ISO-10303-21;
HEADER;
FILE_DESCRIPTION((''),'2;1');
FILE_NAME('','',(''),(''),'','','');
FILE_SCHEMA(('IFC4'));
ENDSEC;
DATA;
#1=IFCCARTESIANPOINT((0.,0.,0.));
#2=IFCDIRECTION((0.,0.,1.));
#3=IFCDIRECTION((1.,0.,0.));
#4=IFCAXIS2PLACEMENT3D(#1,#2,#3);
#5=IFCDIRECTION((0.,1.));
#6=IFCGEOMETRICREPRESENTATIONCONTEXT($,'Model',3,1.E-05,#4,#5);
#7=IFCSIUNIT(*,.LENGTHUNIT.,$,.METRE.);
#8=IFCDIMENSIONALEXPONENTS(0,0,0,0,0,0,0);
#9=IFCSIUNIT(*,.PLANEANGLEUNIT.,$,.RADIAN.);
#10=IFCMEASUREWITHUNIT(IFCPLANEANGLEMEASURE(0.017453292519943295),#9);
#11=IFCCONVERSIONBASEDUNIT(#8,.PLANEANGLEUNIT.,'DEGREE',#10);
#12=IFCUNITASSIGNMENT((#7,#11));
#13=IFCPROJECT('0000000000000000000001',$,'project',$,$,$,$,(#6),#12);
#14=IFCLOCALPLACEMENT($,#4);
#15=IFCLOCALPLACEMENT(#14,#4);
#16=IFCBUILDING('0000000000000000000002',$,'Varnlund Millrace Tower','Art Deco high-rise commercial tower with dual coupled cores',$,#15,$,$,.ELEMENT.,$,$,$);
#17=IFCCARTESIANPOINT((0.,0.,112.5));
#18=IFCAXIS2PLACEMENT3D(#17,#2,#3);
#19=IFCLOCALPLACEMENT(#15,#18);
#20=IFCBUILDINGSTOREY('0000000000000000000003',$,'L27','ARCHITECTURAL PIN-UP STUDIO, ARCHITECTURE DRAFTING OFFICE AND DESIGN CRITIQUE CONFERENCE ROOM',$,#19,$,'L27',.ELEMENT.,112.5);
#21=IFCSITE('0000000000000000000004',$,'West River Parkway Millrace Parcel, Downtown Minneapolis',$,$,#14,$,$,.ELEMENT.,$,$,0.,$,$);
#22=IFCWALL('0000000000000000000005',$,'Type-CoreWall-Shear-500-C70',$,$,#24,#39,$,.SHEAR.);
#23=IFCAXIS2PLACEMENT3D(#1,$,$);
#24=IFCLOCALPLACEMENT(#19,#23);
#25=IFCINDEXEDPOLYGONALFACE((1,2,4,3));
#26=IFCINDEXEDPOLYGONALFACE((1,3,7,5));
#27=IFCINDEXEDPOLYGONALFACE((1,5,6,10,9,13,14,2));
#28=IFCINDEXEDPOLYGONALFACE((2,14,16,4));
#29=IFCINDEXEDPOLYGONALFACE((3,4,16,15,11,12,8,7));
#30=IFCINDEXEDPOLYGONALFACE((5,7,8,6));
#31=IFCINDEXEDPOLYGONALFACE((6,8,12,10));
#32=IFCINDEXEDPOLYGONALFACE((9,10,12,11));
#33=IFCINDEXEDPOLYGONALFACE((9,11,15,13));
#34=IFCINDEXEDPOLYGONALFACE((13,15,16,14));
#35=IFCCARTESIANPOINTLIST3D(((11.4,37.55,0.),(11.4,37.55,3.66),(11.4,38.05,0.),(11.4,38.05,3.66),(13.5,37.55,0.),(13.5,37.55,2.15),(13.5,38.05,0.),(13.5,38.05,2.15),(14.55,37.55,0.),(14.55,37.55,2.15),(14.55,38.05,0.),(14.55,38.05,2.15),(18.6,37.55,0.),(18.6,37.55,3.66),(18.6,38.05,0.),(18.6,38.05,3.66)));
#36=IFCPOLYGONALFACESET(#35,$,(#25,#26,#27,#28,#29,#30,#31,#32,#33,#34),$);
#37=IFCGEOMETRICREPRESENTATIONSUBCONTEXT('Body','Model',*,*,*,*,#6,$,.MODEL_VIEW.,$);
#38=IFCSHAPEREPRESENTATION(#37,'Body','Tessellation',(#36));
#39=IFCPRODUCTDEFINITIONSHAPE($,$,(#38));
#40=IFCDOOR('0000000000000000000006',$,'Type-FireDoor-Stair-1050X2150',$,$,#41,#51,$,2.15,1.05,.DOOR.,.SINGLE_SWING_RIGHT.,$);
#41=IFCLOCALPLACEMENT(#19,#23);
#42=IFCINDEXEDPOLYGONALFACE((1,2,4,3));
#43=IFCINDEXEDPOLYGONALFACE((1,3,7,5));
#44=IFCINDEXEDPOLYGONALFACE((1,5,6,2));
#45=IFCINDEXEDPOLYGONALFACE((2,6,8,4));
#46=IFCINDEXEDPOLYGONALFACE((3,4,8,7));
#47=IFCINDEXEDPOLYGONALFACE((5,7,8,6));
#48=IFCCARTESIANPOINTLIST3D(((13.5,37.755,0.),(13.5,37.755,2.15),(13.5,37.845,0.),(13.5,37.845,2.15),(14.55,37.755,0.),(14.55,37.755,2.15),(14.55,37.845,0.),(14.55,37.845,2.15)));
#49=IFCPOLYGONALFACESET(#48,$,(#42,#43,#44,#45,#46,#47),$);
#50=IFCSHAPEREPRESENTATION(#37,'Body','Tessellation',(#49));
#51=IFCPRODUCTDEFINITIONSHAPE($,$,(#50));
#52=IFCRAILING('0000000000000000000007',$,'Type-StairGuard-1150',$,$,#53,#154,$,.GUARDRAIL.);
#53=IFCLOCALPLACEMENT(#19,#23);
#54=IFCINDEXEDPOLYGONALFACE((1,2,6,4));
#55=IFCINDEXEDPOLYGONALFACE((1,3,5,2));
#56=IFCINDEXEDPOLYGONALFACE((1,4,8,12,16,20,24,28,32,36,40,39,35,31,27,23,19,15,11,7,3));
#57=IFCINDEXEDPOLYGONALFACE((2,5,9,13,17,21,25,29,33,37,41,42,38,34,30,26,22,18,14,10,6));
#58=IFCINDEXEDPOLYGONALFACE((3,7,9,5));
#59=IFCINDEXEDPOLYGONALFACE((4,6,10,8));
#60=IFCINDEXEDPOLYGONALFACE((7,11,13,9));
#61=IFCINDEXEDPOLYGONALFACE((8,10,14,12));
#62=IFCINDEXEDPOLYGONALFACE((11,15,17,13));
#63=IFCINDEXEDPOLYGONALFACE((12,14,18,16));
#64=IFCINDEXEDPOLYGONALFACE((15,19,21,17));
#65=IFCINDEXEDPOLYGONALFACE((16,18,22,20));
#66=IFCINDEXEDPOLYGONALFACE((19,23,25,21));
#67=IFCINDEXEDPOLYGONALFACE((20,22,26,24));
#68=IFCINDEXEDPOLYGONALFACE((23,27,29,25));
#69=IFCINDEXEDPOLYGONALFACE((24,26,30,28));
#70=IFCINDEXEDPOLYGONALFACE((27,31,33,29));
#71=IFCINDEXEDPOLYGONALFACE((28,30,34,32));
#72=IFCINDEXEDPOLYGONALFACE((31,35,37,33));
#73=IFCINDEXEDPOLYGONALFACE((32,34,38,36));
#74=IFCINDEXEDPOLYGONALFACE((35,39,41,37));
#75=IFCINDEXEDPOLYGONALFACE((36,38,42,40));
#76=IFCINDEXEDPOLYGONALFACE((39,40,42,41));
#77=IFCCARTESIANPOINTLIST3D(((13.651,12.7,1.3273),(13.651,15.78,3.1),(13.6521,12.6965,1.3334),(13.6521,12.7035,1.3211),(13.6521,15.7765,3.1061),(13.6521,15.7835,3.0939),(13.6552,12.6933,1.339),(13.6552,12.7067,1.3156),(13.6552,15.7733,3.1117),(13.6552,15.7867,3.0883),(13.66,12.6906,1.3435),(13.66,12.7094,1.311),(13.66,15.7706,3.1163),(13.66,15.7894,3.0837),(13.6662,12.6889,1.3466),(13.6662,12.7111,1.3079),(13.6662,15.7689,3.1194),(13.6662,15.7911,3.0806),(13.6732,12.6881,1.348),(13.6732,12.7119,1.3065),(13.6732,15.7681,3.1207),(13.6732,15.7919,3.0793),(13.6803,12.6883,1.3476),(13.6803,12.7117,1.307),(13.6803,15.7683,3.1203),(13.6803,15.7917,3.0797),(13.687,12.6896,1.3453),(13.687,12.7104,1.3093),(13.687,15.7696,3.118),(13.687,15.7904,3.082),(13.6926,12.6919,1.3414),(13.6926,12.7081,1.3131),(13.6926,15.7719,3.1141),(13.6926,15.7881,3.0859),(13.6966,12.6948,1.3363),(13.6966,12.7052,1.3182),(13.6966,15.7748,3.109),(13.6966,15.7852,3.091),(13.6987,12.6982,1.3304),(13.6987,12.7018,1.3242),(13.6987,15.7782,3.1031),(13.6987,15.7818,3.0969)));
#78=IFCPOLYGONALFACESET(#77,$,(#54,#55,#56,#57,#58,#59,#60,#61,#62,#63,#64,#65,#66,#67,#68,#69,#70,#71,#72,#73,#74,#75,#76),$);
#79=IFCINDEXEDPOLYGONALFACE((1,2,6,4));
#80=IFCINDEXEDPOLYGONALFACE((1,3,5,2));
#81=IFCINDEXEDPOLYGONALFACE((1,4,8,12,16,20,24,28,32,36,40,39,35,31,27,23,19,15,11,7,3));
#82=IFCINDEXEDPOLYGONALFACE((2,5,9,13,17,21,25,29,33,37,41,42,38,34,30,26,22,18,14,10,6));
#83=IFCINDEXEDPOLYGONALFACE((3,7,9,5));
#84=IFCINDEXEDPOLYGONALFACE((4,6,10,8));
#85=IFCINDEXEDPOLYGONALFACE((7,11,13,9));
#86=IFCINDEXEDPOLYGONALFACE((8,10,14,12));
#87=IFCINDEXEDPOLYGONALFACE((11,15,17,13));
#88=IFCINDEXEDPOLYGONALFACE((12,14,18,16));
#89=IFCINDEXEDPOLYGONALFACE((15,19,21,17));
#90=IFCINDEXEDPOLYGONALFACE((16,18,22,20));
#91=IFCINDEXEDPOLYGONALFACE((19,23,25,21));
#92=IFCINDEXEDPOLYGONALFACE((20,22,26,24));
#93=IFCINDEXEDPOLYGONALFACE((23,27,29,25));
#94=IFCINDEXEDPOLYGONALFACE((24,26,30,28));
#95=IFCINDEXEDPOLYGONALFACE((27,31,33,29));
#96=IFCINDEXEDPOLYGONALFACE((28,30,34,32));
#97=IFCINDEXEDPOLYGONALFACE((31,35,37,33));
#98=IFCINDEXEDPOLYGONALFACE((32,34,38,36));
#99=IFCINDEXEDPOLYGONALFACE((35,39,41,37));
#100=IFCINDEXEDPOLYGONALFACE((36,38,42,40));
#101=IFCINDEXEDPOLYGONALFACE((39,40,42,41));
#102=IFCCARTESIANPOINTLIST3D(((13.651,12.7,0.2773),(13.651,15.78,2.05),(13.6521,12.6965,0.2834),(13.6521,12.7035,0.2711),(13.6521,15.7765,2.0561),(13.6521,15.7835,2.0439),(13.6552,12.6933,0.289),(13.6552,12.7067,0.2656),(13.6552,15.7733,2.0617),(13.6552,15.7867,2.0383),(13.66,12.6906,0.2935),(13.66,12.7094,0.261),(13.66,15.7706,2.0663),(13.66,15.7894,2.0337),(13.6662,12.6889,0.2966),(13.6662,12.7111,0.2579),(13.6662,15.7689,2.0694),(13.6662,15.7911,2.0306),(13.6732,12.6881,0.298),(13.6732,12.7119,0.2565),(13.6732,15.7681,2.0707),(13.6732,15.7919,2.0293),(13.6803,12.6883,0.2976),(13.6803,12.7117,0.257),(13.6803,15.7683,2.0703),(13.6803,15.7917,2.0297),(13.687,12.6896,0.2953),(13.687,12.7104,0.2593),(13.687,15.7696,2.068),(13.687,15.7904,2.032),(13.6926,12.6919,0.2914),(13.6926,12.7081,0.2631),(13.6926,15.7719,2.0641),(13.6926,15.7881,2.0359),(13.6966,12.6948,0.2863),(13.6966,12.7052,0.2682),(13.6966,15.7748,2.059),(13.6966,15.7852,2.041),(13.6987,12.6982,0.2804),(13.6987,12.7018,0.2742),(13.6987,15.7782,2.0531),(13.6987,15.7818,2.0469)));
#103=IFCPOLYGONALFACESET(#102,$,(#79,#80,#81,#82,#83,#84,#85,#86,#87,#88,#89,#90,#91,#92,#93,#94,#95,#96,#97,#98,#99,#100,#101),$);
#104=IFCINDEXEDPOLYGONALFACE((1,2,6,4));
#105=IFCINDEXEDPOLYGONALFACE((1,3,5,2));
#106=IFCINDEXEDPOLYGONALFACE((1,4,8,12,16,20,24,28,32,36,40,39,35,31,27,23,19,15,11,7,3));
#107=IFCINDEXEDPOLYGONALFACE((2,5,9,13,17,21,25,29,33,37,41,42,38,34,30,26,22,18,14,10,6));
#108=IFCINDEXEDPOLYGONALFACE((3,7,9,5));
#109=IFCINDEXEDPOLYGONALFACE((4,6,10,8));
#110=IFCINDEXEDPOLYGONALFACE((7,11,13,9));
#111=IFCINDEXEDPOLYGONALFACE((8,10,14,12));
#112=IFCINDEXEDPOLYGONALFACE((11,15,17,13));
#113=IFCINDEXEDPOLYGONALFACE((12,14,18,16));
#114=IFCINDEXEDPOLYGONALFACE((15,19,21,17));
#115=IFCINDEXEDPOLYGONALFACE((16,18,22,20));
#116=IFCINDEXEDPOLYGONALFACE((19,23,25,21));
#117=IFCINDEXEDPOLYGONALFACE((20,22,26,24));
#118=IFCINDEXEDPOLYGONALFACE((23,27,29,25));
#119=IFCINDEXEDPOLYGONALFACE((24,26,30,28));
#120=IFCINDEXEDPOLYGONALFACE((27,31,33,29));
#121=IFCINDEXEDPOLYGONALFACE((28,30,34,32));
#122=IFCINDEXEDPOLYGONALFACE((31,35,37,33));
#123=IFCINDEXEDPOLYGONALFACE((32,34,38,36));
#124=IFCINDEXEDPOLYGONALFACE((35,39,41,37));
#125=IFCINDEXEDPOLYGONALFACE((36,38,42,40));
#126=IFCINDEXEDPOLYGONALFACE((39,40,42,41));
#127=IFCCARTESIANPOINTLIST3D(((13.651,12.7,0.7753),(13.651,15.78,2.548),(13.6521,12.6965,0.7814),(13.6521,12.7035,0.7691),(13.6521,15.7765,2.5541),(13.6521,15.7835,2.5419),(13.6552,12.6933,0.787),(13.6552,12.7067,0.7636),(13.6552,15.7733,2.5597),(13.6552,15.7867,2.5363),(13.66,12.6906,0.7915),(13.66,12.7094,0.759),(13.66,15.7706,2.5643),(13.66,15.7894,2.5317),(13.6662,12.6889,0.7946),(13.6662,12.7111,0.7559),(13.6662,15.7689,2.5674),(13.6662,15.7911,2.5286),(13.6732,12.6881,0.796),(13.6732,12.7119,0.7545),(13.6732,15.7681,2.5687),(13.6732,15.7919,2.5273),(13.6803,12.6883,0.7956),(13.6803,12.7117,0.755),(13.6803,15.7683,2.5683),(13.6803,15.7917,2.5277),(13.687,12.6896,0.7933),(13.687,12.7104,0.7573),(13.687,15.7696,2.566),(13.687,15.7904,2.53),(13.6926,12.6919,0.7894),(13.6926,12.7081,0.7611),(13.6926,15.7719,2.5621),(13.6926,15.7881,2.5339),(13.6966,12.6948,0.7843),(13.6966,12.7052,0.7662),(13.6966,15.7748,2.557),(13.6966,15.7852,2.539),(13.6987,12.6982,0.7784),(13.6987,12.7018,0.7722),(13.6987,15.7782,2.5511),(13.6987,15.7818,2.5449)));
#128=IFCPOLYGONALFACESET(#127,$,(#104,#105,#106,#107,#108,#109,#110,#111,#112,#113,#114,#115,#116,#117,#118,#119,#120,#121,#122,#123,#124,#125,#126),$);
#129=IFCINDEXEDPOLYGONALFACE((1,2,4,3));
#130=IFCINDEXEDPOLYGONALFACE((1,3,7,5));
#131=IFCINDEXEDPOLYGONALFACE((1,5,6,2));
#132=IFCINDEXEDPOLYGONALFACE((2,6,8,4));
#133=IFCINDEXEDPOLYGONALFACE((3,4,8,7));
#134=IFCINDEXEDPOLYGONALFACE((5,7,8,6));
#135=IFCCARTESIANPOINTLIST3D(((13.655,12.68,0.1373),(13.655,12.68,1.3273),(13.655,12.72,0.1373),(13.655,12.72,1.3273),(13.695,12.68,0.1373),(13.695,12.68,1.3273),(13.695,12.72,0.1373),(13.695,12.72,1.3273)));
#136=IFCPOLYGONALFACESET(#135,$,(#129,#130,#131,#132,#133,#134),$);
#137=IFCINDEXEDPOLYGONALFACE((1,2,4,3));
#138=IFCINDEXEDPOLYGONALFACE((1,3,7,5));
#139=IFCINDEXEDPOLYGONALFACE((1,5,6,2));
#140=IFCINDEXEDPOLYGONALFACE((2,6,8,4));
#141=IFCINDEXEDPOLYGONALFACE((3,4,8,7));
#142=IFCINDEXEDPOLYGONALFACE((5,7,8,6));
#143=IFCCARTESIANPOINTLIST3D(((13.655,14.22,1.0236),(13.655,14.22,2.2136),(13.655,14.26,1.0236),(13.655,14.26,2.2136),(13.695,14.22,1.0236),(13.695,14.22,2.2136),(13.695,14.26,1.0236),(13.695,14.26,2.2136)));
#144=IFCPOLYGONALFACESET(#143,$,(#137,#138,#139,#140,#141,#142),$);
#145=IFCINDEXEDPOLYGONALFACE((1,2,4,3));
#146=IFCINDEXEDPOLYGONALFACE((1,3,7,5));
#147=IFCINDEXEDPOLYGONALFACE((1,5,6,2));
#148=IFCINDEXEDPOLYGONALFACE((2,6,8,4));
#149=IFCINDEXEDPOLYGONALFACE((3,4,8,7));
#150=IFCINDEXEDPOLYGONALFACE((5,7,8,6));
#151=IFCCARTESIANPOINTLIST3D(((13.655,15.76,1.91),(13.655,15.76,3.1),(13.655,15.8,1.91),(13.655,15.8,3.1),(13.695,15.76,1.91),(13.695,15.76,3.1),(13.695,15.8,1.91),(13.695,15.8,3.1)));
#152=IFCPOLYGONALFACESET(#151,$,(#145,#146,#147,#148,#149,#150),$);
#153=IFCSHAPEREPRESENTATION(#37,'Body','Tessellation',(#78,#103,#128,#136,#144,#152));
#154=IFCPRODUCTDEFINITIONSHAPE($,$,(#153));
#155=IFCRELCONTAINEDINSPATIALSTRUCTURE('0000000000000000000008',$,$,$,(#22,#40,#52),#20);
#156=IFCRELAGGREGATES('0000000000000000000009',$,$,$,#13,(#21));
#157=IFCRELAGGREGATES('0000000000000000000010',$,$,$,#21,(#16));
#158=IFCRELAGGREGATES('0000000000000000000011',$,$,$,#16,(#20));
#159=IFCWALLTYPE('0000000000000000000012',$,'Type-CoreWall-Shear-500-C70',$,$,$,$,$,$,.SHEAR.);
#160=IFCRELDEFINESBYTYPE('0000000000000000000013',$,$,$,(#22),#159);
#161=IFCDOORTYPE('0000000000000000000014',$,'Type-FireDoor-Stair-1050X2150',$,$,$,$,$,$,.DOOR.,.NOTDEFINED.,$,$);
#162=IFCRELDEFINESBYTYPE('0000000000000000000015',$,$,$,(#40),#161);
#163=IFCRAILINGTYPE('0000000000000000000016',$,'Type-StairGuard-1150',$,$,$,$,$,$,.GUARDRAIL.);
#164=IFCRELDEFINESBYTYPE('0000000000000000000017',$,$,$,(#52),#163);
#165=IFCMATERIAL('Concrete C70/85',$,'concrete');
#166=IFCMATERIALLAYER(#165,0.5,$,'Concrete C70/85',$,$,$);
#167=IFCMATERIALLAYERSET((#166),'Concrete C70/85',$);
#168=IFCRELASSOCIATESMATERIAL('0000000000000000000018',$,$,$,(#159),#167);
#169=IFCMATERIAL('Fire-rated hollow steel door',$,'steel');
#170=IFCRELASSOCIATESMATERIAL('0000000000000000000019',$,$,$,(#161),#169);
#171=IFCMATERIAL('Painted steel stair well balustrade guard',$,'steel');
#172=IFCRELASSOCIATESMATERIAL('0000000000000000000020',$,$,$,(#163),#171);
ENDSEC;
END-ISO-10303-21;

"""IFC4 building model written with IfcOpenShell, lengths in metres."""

from ifc_helpers import new_model, entity, si_unit, converted_unit, direction, frame, origin_with_axes, origin_2d_with_axis, place, context, subcontext, project, spatial, polyline, rectangle, circle, outline, extrude, material, layer, layer_set, type_object, element, fill, save


model = new_model("IFC4")

# Units and contexts
model_context = context("Model", 3, precision=1e-05, world=origin_with_axes(), true_north=direction((0.0, 1.0)))
body_context = subcontext(model_context, "Body", "Model", "MODEL_VIEW")
ifc_project = project(units=[si_unit("LENGTHUNIT", "METRE"), converted_unit("PLANEANGLEUNIT", "DEGREE", entity("IfcPlaneAngleMeasure", 0.017453292519943295), si_unit("PLANEANGLEUNIT", "RADIAN"), dimensions=[0, 0, 0, 0, 0, 0, 0])], contexts=[model_context])

# Site, building, storey
site_placement = place(None, origin_with_axes())
site = spatial("IfcSite", under=ifc_project, at=site_placement, Name="West River Parkway Millrace Parcel, Downtown Minneapolis", CompositionType="ELEMENT", RefElevation=0.0)
building_placement = place(site_placement, origin_with_axes())
building = spatial("IfcBuilding", under=site, at=building_placement, Name="Varnlund Millrace Tower", Description="Art Deco high-rise commercial tower with dual coupled cores", CompositionType="ELEMENT")
storey_placement = place(building_placement, frame((0.0, 0.0, 112.5), z_axis=(0.0, 0.0, 1.0), x_axis=(1.0, 0.0, 0.0)))
storey = spatial("IfcBuildingStorey", under=building, at=storey_placement, Name="L27", Description="ARCHITECTURAL PIN-UP STUDIO, ARCHITECTURE DRAFTING OFFICE AND DESIGN CRITIQUE CONFERENCE ROOM", LongName="L27", CompositionType="ELEMENT", Elevation=112.5)

# Shared definitions
ifc_material_1 = material(Name="Concrete C70/85", Category="concrete")
ifc_layer_1 = layer(ifc_material_1, 0.5, Name="Concrete C70/85")
ifc_layer_set_1 = layer_set([ifc_layer_1], Name="Concrete C70/85")
wall_type = type_object("IfcWallType", Name="Type-CoreWall-Shear-500-C70", PredefinedType="SHEAR", material=ifc_layer_set_1)

# Wall, opening, door
ifc_material_2 = material(Name="Fire-rated hollow steel door", Category="steel")
door_type = type_object("IfcDoorType", Name="Type-FireDoor-Stair-1050X2150", OperationType="NOTDEFINED", PredefinedType="DOOR", material=ifc_material_2)
wall_1_placement = place(storey_placement, frame((11.4, 37.8, 0.0), z_axis=(0.0, 0.0, 1.0), x_axis=(1.0, 0.0, 0.0)))
wall_1 = element("IfcWall", 1, at=wall_1_placement, inside=storey, type_object=wall_type, Name="Type-CoreWall-Shear-500-C70", PredefinedType="SHEAR", context=body_context, shape_type="SweptSolid", body=[
    extrude(outline(polyline([(0.0, -0.25), (7.2, -0.25), (7.2, 0.25), (0.0, 0.25), (0.0, -0.25)])), origin_with_axes(), (0.0, 0.0, 1.0), 3.66),
])
opening_1_placement = place(wall_1_placement, frame((2.625, 0.0, 0.0), z_axis=(0.0, 0.0, 1.0), x_axis=(1.0, 0.0, 0.0)))
opening_1 = element("IfcOpeningElement", 2, at=opening_1_placement, cuts=wall_1, PredefinedType="OPENING", context=body_context, shape_type="SweptSolid", body=[
    extrude(rectangle(XDim=1.05, YDim=0.52, at=origin_2d_with_axis()), origin_with_axes(), (0.0, 0.0, 1.0), 2.15),
])
door_1_placement = place(wall_1_placement, frame((2.625, 0.0, 0.0), z_axis=(0.0, 0.0, 1.0), x_axis=(1.0, 0.0, 0.0)))
door_1 = element("IfcDoor", 3, at=door_1_placement, inside=storey, type_object=door_type, Name="Type-FireDoor-Stair-1050X2150", OperationType="SINGLE_SWING_RIGHT", OverallHeight=2.15, OverallWidth=1.05, PredefinedType="DOOR", context=body_context, shape_type="SweptSolid", body=[
    extrude(rectangle(XDim=1.05, YDim=0.09, at=origin_2d_with_axis()), origin_with_axes(), (0.0, 0.0, 1.0), 2.15),
])
fill(opening_1, door_1)

# Railing
ifc_material_3 = material(Name="Painted steel stair well balustrade guard", Category="steel")
railing_type_1 = type_object("IfcRailingType", Name="Type-StairGuard-1150", PredefinedType="GUARDRAIL", material=ifc_material_3)
railing_1_placement = place(storey_placement, frame((0.0, 0.0, -112.5), z_axis=(0.0, 0.0, 1.0), x_axis=(1.0, 0.0, 0.0)))
element("IfcRailing", 4, at=railing_1_placement, inside=storey, type_object=railing_type_1, Name="Type-StairGuard-1150", PredefinedType="GUARDRAIL", context=body_context, shape_type="SweptSolid", body=[
    extrude(circle(Radius=0.024, at=origin_2d_with_axis()), frame((13.675, 12.7, 113.8273), z_axis=(0.0, 0.866696, 0.498836), x_axis=(-1.0, 0.0, 0.0)), (0.0, 0.0, 1.0), 3.5537),
    extrude(circle(Radius=0.024, at=origin_2d_with_axis()), frame((13.675, 12.7, 112.7773), z_axis=(0.0, 0.866696, 0.498836), x_axis=(-1.0, 0.0, 0.0)), (0.0, 0.0, 1.0), 3.5537),
    extrude(circle(Radius=0.024, at=origin_2d_with_axis()), frame((13.675, 12.7, 113.2753), z_axis=(0.0, 0.866696, 0.498836), x_axis=(-1.0, 0.0, 0.0)), (0.0, 0.0, 1.0), 3.5537),
    extrude(rectangle(XDim=0.04, YDim=0.04, at=origin_2d_with_axis()), frame((13.675, 12.7, 112.6373), z_axis=(0.0, 0.0, 1.0), x_axis=(1.0, 0.0, 0.0)), (0.0, 0.0, 1.0), 1.19),
    extrude(rectangle(XDim=0.04, YDim=0.04, at=origin_2d_with_axis()), frame((13.675, 14.24, 113.5236), z_axis=(0.0, 0.0, 1.0), x_axis=(1.0, 0.0, 0.0)), (0.0, 0.0, 1.0), 1.19),
    extrude(rectangle(XDim=0.04, YDim=0.04, at=origin_2d_with_axis()), frame((13.675, 15.78, 114.41), z_axis=(0.0, 0.0, 1.0), x_axis=(1.0, 0.0, 0.0)), (0.0, 0.0, 1.0), 1.19),
])

save(model, "model.ifc")
